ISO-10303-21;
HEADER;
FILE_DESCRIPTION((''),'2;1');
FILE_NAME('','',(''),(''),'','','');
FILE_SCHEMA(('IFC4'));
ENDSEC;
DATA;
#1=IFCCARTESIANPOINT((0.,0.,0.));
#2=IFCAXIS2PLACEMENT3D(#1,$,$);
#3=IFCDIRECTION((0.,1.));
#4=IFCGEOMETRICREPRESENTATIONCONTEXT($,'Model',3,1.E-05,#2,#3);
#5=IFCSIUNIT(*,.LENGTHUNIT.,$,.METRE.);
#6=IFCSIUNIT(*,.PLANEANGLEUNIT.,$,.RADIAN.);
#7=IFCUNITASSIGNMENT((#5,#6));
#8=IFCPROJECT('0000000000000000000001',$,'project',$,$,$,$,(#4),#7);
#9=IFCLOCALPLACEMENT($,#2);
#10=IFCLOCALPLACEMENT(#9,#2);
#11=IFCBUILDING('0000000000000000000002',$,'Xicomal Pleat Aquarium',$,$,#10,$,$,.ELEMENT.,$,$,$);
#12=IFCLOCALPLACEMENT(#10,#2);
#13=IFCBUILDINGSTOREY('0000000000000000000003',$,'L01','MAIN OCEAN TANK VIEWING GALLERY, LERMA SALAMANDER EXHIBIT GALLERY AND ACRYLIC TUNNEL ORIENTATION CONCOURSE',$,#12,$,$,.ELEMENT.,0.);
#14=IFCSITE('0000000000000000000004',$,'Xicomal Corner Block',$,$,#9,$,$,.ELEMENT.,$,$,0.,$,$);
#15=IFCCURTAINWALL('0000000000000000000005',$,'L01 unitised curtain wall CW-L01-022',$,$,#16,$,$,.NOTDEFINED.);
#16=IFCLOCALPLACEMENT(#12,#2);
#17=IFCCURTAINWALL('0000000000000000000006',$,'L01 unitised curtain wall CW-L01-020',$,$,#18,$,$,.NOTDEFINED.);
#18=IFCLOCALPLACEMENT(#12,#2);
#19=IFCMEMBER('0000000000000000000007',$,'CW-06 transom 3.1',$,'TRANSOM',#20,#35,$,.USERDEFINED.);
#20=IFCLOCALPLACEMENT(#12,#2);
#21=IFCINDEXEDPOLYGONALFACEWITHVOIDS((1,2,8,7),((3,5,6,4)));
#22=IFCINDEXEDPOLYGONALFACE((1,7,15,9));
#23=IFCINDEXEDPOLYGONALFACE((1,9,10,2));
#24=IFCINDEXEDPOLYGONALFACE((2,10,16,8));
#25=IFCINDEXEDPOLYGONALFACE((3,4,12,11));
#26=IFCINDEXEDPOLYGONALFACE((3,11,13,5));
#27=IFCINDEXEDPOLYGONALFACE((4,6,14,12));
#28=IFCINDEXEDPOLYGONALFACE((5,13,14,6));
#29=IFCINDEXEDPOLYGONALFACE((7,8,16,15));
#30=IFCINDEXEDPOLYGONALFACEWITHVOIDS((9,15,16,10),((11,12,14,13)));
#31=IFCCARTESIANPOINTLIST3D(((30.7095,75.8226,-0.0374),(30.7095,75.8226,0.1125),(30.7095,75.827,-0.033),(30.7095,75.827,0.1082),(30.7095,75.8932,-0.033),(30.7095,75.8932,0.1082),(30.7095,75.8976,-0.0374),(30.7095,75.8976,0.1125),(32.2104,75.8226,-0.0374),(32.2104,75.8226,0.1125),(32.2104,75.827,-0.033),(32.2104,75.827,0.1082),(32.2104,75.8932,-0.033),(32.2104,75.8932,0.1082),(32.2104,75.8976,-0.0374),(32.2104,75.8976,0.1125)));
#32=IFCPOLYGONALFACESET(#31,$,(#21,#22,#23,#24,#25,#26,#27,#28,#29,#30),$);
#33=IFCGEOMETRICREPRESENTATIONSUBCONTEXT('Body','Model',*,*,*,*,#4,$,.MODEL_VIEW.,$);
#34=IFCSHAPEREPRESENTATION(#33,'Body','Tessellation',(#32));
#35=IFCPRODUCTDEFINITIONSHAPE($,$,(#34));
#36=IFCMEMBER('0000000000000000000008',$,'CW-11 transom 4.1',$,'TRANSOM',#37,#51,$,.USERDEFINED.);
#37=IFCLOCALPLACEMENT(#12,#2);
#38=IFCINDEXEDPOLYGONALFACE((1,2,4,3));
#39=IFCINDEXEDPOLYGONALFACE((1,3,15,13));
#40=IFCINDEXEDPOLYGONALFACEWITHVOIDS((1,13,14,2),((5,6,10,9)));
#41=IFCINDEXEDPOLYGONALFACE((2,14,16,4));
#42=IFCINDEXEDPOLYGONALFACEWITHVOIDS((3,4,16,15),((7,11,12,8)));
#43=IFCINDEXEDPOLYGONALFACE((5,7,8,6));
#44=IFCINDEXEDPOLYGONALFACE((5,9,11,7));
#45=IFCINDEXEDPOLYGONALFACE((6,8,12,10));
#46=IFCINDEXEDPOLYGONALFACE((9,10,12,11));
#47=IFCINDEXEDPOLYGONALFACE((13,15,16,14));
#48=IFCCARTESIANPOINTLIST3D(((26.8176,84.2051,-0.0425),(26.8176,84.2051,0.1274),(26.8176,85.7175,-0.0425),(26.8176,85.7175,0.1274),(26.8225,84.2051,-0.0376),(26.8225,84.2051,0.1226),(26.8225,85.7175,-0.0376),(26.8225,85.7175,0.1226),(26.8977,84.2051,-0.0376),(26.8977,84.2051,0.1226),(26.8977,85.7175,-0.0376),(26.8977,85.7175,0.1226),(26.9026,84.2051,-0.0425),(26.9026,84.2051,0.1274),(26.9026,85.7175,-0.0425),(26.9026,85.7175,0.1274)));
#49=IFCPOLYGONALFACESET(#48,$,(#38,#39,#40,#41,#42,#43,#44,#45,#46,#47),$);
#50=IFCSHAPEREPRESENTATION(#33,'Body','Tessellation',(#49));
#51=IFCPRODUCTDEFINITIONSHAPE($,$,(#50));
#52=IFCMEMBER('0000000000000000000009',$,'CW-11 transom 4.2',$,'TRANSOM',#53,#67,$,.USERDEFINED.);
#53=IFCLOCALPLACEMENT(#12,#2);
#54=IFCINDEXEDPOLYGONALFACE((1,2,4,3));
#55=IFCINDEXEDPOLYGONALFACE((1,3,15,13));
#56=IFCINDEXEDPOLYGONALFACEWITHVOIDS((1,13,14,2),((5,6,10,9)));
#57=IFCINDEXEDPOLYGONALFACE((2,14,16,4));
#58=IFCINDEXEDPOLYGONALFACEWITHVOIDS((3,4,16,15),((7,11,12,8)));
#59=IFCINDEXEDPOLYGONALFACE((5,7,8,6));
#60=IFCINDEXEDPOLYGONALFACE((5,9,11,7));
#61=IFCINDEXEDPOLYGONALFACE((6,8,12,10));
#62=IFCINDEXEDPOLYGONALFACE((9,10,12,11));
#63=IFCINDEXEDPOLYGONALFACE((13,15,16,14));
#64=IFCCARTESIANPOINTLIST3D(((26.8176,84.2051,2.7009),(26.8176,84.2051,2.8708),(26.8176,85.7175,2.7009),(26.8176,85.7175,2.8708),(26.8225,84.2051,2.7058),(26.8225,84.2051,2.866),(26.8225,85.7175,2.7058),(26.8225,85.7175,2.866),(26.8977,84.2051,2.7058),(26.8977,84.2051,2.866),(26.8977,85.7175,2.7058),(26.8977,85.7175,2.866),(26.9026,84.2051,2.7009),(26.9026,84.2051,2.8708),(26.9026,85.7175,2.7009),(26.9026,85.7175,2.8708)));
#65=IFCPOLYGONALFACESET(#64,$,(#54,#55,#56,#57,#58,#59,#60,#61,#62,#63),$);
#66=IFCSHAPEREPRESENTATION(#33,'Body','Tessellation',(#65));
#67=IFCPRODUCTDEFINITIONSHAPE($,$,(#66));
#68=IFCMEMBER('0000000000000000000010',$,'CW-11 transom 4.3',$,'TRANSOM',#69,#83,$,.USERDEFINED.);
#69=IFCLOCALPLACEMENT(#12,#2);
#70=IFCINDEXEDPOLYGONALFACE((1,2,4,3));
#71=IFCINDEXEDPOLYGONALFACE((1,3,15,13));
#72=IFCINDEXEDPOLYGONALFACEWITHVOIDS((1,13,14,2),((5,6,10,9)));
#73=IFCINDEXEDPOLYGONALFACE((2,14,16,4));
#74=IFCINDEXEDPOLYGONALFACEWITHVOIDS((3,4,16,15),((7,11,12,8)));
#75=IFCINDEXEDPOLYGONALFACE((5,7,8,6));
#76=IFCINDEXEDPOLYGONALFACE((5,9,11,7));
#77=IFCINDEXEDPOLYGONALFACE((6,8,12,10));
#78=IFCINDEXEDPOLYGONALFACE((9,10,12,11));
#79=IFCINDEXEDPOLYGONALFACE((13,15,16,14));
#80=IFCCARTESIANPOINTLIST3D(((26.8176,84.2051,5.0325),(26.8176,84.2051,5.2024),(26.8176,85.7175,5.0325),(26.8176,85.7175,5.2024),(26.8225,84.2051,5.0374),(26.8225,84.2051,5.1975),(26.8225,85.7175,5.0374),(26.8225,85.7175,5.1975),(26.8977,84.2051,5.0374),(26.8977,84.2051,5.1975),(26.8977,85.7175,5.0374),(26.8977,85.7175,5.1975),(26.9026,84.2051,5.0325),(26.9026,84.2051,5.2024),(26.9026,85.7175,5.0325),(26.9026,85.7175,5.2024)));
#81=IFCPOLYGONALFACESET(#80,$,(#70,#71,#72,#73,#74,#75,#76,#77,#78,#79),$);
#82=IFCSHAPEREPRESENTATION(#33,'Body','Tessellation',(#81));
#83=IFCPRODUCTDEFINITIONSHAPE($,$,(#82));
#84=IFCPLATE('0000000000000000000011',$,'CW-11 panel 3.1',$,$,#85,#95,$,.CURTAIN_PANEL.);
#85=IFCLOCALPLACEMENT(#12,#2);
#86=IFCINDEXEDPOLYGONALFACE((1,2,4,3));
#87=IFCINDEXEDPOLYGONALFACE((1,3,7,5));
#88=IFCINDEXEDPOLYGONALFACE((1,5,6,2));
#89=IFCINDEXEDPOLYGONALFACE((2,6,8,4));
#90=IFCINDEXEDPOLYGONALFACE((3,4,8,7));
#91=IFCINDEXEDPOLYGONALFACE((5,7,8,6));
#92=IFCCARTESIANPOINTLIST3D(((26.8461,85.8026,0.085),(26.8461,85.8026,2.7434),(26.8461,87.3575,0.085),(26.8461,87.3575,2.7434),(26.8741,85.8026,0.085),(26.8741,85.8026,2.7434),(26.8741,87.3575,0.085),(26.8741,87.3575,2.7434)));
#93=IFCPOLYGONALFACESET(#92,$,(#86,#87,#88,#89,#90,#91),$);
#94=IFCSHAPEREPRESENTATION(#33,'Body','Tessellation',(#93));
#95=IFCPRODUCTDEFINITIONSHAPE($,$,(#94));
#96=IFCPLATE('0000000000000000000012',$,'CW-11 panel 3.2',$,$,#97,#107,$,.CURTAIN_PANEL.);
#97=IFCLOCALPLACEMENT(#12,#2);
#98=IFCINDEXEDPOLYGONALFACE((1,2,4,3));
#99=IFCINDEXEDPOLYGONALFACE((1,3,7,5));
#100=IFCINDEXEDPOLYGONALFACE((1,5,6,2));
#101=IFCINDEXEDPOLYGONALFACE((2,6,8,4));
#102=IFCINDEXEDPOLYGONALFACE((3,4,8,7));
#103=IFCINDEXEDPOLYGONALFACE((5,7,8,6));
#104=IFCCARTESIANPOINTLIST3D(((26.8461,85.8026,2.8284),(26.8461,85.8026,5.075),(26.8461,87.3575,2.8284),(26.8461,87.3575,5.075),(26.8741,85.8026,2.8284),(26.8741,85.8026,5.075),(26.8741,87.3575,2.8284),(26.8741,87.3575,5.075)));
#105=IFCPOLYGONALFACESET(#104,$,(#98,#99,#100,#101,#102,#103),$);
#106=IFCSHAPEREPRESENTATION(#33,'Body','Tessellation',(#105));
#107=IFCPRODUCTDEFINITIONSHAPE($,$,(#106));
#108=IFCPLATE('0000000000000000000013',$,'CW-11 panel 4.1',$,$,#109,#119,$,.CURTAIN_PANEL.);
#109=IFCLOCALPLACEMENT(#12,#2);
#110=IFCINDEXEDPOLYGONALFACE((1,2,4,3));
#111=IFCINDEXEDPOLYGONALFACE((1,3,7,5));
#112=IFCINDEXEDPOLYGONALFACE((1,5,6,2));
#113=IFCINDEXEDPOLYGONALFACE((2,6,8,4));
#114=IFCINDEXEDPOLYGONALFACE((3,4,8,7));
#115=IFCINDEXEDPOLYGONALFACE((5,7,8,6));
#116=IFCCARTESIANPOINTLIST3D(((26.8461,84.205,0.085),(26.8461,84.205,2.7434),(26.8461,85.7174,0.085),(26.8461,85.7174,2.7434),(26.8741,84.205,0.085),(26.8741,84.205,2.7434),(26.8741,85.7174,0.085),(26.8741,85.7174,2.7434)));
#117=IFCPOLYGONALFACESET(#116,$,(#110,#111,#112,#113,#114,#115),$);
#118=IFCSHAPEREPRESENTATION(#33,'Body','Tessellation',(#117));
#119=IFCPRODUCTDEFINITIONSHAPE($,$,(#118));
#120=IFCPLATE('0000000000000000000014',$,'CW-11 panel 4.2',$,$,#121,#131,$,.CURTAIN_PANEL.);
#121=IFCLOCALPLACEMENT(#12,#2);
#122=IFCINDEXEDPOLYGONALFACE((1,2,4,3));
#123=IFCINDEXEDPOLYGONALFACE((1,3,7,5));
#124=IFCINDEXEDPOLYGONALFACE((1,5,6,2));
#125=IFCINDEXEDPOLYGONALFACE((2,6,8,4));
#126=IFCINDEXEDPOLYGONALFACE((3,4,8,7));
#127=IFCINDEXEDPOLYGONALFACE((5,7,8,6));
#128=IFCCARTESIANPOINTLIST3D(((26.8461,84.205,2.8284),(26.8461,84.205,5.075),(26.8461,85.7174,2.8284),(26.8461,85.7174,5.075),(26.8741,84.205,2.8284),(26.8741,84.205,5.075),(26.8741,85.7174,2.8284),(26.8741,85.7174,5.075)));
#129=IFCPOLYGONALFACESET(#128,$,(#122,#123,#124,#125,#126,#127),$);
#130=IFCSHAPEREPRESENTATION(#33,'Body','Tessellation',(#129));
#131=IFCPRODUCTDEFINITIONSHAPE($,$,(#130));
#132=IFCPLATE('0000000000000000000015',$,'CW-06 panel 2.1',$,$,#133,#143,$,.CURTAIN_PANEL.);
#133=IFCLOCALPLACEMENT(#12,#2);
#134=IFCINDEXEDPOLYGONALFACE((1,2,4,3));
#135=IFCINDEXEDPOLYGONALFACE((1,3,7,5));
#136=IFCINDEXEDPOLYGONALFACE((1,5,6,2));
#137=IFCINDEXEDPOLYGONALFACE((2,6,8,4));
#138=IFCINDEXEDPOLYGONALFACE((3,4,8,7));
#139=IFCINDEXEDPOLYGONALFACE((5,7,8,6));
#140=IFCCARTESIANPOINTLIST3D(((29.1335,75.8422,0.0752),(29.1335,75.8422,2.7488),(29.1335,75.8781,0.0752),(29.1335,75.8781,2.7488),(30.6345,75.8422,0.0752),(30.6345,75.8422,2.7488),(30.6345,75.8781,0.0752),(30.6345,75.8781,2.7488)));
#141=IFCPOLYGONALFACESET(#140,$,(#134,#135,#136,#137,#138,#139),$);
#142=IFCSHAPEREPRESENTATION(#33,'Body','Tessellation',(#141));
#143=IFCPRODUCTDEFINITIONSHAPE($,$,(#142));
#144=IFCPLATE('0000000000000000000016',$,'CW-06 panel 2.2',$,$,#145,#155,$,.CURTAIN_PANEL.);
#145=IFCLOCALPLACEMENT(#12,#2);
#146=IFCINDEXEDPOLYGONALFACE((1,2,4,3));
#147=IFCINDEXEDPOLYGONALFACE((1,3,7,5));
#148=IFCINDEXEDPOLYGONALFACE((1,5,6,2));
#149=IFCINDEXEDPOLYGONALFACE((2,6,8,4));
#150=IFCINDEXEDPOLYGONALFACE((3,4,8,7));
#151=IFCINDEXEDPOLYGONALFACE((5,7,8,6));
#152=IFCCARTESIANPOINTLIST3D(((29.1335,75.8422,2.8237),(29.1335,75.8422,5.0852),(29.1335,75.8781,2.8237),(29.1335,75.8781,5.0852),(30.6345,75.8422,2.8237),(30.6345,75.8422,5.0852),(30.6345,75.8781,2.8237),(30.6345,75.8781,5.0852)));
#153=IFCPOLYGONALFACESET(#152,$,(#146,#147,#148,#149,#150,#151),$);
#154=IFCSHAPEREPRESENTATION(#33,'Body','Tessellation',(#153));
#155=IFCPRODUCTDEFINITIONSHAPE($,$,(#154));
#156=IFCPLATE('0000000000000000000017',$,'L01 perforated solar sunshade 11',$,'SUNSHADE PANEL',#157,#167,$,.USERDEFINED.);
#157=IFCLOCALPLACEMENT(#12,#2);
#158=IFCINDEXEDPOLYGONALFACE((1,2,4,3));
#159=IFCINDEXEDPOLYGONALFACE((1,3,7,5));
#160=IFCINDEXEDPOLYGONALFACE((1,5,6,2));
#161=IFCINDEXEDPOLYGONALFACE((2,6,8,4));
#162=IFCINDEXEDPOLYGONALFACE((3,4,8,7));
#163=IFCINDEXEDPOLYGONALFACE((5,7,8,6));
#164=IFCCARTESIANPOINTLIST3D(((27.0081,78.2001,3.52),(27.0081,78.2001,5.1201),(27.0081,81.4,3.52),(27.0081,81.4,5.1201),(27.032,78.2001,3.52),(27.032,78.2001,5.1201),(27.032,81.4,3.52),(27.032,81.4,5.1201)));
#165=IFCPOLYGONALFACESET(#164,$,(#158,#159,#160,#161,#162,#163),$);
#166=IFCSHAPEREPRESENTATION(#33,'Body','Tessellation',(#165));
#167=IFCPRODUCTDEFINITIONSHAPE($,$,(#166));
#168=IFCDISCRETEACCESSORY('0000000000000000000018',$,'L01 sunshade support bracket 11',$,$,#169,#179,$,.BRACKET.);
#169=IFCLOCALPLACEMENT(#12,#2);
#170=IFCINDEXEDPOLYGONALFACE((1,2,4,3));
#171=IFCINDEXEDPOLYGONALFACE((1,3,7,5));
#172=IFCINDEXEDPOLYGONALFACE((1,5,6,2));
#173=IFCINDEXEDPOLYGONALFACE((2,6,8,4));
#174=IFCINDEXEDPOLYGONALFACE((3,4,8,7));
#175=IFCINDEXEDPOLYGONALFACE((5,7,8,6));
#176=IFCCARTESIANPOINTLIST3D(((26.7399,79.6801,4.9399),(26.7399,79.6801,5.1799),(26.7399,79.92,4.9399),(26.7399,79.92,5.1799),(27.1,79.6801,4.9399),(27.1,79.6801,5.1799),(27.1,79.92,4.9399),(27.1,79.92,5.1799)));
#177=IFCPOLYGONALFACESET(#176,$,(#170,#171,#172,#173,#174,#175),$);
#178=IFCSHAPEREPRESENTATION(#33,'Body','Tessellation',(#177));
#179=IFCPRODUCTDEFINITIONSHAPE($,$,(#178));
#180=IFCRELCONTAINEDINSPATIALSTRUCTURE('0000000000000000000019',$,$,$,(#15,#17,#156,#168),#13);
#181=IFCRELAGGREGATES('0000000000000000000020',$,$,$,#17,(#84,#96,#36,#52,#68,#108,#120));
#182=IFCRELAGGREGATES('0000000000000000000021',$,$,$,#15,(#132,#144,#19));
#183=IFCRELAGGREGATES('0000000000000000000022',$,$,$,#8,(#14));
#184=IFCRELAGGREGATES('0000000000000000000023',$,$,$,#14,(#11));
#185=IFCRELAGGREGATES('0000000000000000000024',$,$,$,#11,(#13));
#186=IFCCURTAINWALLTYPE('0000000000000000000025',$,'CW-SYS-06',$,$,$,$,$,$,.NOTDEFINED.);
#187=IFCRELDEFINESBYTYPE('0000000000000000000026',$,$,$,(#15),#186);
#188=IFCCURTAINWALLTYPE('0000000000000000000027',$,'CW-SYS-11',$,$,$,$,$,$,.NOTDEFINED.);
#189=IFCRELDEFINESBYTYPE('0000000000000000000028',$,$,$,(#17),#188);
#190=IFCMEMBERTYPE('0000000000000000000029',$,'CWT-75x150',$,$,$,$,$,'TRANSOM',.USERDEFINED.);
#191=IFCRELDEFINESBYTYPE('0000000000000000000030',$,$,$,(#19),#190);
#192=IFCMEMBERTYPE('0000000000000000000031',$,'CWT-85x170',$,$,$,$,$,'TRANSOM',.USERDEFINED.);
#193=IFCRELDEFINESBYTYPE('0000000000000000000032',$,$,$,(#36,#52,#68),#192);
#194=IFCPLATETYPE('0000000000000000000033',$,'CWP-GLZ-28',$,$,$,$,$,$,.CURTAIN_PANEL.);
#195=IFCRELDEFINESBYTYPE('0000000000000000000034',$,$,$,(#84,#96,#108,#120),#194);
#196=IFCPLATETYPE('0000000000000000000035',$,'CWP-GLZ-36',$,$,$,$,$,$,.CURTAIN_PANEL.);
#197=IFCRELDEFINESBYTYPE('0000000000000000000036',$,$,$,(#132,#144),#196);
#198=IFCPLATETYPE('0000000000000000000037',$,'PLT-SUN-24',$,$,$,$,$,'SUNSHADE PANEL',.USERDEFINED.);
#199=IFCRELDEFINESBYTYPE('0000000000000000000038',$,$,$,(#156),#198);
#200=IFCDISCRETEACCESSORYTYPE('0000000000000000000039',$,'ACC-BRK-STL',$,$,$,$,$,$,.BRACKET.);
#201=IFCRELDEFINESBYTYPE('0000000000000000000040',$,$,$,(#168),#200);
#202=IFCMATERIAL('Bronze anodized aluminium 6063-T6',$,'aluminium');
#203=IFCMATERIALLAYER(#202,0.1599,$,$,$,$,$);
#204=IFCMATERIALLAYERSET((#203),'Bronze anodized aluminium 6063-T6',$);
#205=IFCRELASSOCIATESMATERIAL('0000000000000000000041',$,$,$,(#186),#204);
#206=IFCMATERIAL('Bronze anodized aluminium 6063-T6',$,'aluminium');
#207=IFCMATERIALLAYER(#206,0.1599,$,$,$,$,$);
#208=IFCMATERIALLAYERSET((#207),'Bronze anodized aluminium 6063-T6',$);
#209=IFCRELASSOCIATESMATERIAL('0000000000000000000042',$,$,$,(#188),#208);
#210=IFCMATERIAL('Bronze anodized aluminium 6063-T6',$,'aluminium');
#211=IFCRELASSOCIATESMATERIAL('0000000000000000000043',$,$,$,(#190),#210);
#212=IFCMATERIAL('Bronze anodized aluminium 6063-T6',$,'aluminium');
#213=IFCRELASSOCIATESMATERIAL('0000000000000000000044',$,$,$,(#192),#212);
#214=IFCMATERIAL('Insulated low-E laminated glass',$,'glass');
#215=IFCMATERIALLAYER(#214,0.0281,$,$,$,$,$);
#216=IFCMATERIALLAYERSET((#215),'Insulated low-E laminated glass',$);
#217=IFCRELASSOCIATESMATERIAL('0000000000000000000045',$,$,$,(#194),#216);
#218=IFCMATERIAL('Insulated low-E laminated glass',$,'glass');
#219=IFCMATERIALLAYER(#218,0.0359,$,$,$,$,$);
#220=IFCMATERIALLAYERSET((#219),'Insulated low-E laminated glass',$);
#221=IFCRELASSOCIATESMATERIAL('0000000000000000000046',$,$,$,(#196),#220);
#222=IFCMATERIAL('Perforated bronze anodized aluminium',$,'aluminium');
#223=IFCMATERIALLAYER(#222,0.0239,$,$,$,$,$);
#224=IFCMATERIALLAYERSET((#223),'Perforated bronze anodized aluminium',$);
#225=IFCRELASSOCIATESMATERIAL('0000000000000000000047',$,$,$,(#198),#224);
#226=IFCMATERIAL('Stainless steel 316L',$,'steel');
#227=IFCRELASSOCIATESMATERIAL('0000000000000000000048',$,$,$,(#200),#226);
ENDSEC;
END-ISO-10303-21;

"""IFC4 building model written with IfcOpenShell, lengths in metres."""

from ifc_helpers import new_model, si_unit, direction, frame, origin, origin_2d, place, context, subcontext, project, spatial, rectangle, hollow_rectangle, extrude, material, layer, layer_set, material_profile, profile_set, type_object, element, aggregate, save


model = new_model("IFC4")

# Units and contexts
model_context = context("Model", 3, precision=1e-05, world=origin(), true_north=direction((0.0, 1.0)))
body_context = subcontext(model_context, "Body", "Model", "MODEL_VIEW")
ifc_project = project(units=[si_unit("LENGTHUNIT", "METRE"), si_unit("PLANEANGLEUNIT", "RADIAN")], contexts=[model_context])

# Site, building, storey
site_placement = place(None, origin())
site = spatial("IfcSite", under=ifc_project, at=site_placement, Name="Xicomal Corner Block", CompositionType="ELEMENT", RefElevation=0.0)
building_placement = place(site_placement, origin())
building = spatial("IfcBuilding", under=site, at=building_placement, Name="Xicomal Pleat Aquarium", CompositionType="ELEMENT")
storey_placement = place(building_placement, origin())
storey = spatial("IfcBuildingStorey", under=building, at=storey_placement, Name="L01", Description="MAIN OCEAN TANK VIEWING GALLERY, LERMA SALAMANDER EXHIBIT GALLERY AND ACRYLIC TUNNEL ORIENTATION CONCOURSE", CompositionType="ELEMENT", Elevation=0.0)

# Curtain wall
ifc_material_1 = material(Name="Bronze anodized aluminium 6063-T6", Category="aluminium")
ifc_layer_1 = layer(ifc_material_1, 0.1599)
ifc_layer_set_1 = layer_set([ifc_layer_1], Name="Bronze anodized aluminium 6063-T6")
curtain_wall_type_1 = type_object("IfcCurtainWallType", Name="CW-SYS-06", PredefinedType="NOTDEFINED", material=ifc_layer_set_1)
curtain_wall_1_placement = place(storey_placement, origin())
curtain_wall_1 = element("IfcCurtainWall", 1, at=curtain_wall_1_placement, inside=storey, type_object=curtain_wall_type_1, Name="L01 unitised curtain wall CW-L01-022", PredefinedType="NOTDEFINED")

# Curtain wall
ifc_material_2 = material(Name="Bronze anodized aluminium 6063-T6", Category="aluminium")
ifc_layer_2 = layer(ifc_material_2, 0.1599)
ifc_layer_set_2 = layer_set([ifc_layer_2], Name="Bronze anodized aluminium 6063-T6")
curtain_wall_type_2 = type_object("IfcCurtainWallType", Name="CW-SYS-11", PredefinedType="NOTDEFINED", material=ifc_layer_set_2)
curtain_wall_2_placement = place(storey_placement, origin())
curtain_wall_2 = element("IfcCurtainWall", 2, at=curtain_wall_2_placement, inside=storey, type_object=curtain_wall_type_2, Name="L01 unitised curtain wall CW-L01-020", PredefinedType="NOTDEFINED")

# Members
ifc_material_3 = material(Name="Bronze anodized aluminium 6063-T6", Category="aluminium")
ifc_material_profile_1 = material_profile(ifc_material_3, hollow_rectangle(XDim=0.075, YDim=0.1499, WallThickness=0.0044, at=origin_2d()), Name="ALU TRAN 75x150")
ifc_profile_set_1 = profile_set([ifc_material_profile_1], Name="Bronze anodized aluminium 6063-T6")
member_type_1 = type_object("IfcMemberType", Name="CWT-75x150", ElementType="TRANSOM", PredefinedType="USERDEFINED", material=ifc_profile_set_1)
member_1_placement = place(storey_placement, frame((30.7095, 75.8601, 0.0376), z_axis=(1.0, 0.0, 0.0), x_axis=(0.0, 1.0, 0.0)))
member_1 = element("IfcMember", 3, at=member_1_placement, type_object=member_type_1, Name="CW-06 transom 3.1", ObjectType="TRANSOM", PredefinedType="USERDEFINED", context=body_context, shape_type="SweptSolid", body=[
    extrude(hollow_rectangle(XDim=0.075, YDim=0.1499, WallThickness=0.0044, at=origin_2d()), origin(), (0.0, 0.0, 1.0), 1.501),
])
ifc_material_4 = material(Name="Bronze anodized aluminium 6063-T6", Category="aluminium")
ifc_material_profile_2 = material_profile(ifc_material_4, hollow_rectangle(XDim=0.085, YDim=0.1699, WallThickness=0.0049, at=origin_2d()), Name="ALU TRAN 85x170")
ifc_profile_set_2 = profile_set([ifc_material_profile_2], Name="Bronze anodized aluminium 6063-T6")
member_type_2 = type_object("IfcMemberType", Name="CWT-85x170", ElementType="TRANSOM", PredefinedType="USERDEFINED", material=ifc_profile_set_2)
member_2_placement = place(storey_placement, frame((26.8601, 85.7175, 0.0425), z_axis=(0.0, -1.0, 0.0), x_axis=(1.0, 0.0, 0.0)))
member_2 = element("IfcMember", 4, at=member_2_placement, type_object=member_type_2, Name="CW-11 transom 4.1", ObjectType="TRANSOM", PredefinedType="USERDEFINED", context=body_context, shape_type="SweptSolid", body=[
    extrude(hollow_rectangle(XDim=0.085, YDim=0.1699, WallThickness=0.0049, at=origin_2d()), origin(), (0.0, 0.0, 1.0), 1.5125),
])
member_3_placement = place(storey_placement, frame((26.8601, 85.7175, 2.7859), z_axis=(0.0, -1.0, 0.0), x_axis=(1.0, 0.0, 0.0)))
member_3 = element("IfcMember", 5, at=member_3_placement, type_object=member_type_2, Name="CW-11 transom 4.2", ObjectType="TRANSOM", PredefinedType="USERDEFINED", context=body_context, shape_type="SweptSolid", body=[
    extrude(hollow_rectangle(XDim=0.085, YDim=0.1699, WallThickness=0.0049, at=origin_2d()), origin(), (0.0, 0.0, 1.0), 1.5125),
])
member_4_placement = place(storey_placement, frame((26.8601, 85.7175, 5.1174), z_axis=(0.0, -1.0, 0.0), x_axis=(1.0, 0.0, 0.0)))
member_4 = element("IfcMember", 6, at=member_4_placement, type_object=member_type_2, Name="CW-11 transom 4.3", ObjectType="TRANSOM", PredefinedType="USERDEFINED", context=body_context, shape_type="SweptSolid", body=[
    extrude(hollow_rectangle(XDim=0.085, YDim=0.1699, WallThickness=0.0049, at=origin_2d()), origin(), (0.0, 0.0, 1.0), 1.5125),
])

# Plates
ifc_material_5 = material(Name="Insulated low-E laminated glass", Category="glass")
ifc_layer_3 = layer(ifc_material_5, 0.0281)
ifc_layer_set_3 = layer_set([ifc_layer_3], Name="Insulated low-E laminated glass")
plate_type_1 = type_object("IfcPlateType", Name="CWP-GLZ-28", PredefinedType="CURTAIN_PANEL", material=ifc_layer_set_3)
plate_1_placement = place(storey_placement, frame((26.8601, 86.5801, 0.085), z_axis=(0.0, 0.0, 1.0), x_axis=(0.0, -1.0, 0.0)))
plate_1 = element("IfcPlate", 7, at=plate_1_placement, type_object=plate_type_1, Name="CW-11 panel 3.1", PredefinedType="CURTAIN_PANEL", context=body_context, shape_type="SweptSolid", body=[
    extrude(rectangle(XDim=1.5549, YDim=0.0281, at=origin_2d()), origin(), (0.0, 0.0, 1.0), 2.6584),
])
plate_2_placement = place(storey_placement, frame((26.8601, 86.5801, 2.8284), z_axis=(0.0, 0.0, 1.0), x_axis=(0.0, -1.0, 0.0)))
plate_2 = element("IfcPlate", 8, at=plate_2_placement, type_object=plate_type_1, Name="CW-11 panel 3.2", PredefinedType="CURTAIN_PANEL", context=body_context, shape_type="SweptSolid", body=[
    extrude(rectangle(XDim=1.5549, YDim=0.0281, at=origin_2d()), origin(), (0.0, 0.0, 1.0), 2.2466),
])
plate_3_placement = place(storey_placement, frame((26.8601, 84.9612, 0.085), z_axis=(0.0, 0.0, 1.0), x_axis=(0.0, -1.0, 0.0)))
plate_3 = element("IfcPlate", 9, at=plate_3_placement, type_object=plate_type_1, Name="CW-11 panel 4.1", PredefinedType="CURTAIN_PANEL", context=body_context, shape_type="SweptSolid", body=[
    extrude(rectangle(XDim=1.5125, YDim=0.0281, at=origin_2d()), origin(), (0.0, 0.0, 1.0), 2.6584),
])
plate_4_placement = place(storey_placement, frame((26.8601, 84.9612, 2.8284), z_axis=(0.0, 0.0, 1.0), x_axis=(0.0, -1.0, 0.0)))
plate_4 = element("IfcPlate", 10, at=plate_4_placement, type_object=plate_type_1, Name="CW-11 panel 4.2", PredefinedType="CURTAIN_PANEL", context=body_context, shape_type="SweptSolid", body=[
    extrude(rectangle(XDim=1.5125, YDim=0.0281, at=origin_2d()), origin(), (0.0, 0.0, 1.0), 2.2466),
])
aggregate(curtain_wall_2, [plate_1, plate_2, member_2, member_3, member_4, plate_3, plate_4])
ifc_material_6 = material(Name="Insulated low-E laminated glass", Category="glass")
ifc_layer_4 = layer(ifc_material_6, 0.0359)
ifc_layer_set_4 = layer_set([ifc_layer_4], Name="Insulated low-E laminated glass")
plate_type_2 = type_object("IfcPlateType", Name="CWP-GLZ-36", PredefinedType="CURTAIN_PANEL", material=ifc_layer_set_4)
plate_5_placement = place(storey_placement, frame((29.884, 75.8601, 0.0752), z_axis=(0.0, 0.0, 1.0), x_axis=(1.0, 0.0, 0.0)))
plate_5 = element("IfcPlate", 11, at=plate_5_placement, type_object=plate_type_2, Name="CW-06 panel 2.1", PredefinedType="CURTAIN_PANEL", context=body_context, shape_type="SweptSolid", body=[
    extrude(rectangle(XDim=1.501, YDim=0.0359, at=origin_2d()), origin(), (0.0, 0.0, 1.0), 2.6736),
])
plate_6_placement = place(storey_placement, frame((29.884, 75.8601, 2.8237), z_axis=(0.0, 0.0, 1.0), x_axis=(1.0, 0.0, 0.0)))
plate_6 = element("IfcPlate", 12, at=plate_6_placement, type_object=plate_type_2, Name="CW-06 panel 2.2", PredefinedType="CURTAIN_PANEL", context=body_context, shape_type="SweptSolid", body=[
    extrude(rectangle(XDim=1.501, YDim=0.0359, at=origin_2d()), origin(), (0.0, 0.0, 1.0), 2.2615),
])
aggregate(curtain_wall_1, [plate_5, plate_6, member_1])
ifc_material_7 = material(Name="Perforated bronze anodized aluminium", Category="aluminium")
ifc_layer_5 = layer(ifc_material_7, 0.0239)
ifc_layer_set_5 = layer_set([ifc_layer_5], Name="Perforated bronze anodized aluminium")
plate_type_3 = type_object("IfcPlateType", Name="PLT-SUN-24", ElementType="SUNSHADE PANEL", PredefinedType="USERDEFINED", material=ifc_layer_set_5)
plate_7_placement = place(storey_placement, frame((27.02, 79.8, 3.52), z_axis=(0.0, 0.0, 1.0), x_axis=(0.0, -1.0, 0.0)))
element("IfcPlate", 13, at=plate_7_placement, inside=storey, type_object=plate_type_3, Name="L01 perforated solar sunshade 11", ObjectType="SUNSHADE PANEL", PredefinedType="USERDEFINED", context=body_context, shape_type="SweptSolid", body=[
    extrude(rectangle(XDim=3.2, YDim=0.0239, at=origin_2d()), origin(), (0.0, 0.0, 1.0), 1.6001),
])

# Discrete accessory
ifc_material_8 = material(Name="Stainless steel 316L", Category="steel")
discrete_accessory_type = type_object("IfcDiscreteAccessoryType", Name="ACC-BRK-STL", PredefinedType="BRACKET", material=ifc_material_8)
discrete_accessory_placement = place(storey_placement, frame((26.9199, 79.8, 4.9399), z_axis=(0.0, 0.0, 1.0), x_axis=(0.0, -1.0, 0.0)))
element("IfcDiscreteAccessory", 14, at=discrete_accessory_placement, inside=storey, type_object=discrete_accessory_type, Name="L01 sunshade support bracket 11", PredefinedType="BRACKET", context=body_context, shape_type="SweptSolid", body=[
    extrude(rectangle(XDim=0.24, YDim=0.3601, at=origin_2d()), origin(), (0.0, 0.0, 1.0), 0.24),
])

save(model, "model.ifc")
